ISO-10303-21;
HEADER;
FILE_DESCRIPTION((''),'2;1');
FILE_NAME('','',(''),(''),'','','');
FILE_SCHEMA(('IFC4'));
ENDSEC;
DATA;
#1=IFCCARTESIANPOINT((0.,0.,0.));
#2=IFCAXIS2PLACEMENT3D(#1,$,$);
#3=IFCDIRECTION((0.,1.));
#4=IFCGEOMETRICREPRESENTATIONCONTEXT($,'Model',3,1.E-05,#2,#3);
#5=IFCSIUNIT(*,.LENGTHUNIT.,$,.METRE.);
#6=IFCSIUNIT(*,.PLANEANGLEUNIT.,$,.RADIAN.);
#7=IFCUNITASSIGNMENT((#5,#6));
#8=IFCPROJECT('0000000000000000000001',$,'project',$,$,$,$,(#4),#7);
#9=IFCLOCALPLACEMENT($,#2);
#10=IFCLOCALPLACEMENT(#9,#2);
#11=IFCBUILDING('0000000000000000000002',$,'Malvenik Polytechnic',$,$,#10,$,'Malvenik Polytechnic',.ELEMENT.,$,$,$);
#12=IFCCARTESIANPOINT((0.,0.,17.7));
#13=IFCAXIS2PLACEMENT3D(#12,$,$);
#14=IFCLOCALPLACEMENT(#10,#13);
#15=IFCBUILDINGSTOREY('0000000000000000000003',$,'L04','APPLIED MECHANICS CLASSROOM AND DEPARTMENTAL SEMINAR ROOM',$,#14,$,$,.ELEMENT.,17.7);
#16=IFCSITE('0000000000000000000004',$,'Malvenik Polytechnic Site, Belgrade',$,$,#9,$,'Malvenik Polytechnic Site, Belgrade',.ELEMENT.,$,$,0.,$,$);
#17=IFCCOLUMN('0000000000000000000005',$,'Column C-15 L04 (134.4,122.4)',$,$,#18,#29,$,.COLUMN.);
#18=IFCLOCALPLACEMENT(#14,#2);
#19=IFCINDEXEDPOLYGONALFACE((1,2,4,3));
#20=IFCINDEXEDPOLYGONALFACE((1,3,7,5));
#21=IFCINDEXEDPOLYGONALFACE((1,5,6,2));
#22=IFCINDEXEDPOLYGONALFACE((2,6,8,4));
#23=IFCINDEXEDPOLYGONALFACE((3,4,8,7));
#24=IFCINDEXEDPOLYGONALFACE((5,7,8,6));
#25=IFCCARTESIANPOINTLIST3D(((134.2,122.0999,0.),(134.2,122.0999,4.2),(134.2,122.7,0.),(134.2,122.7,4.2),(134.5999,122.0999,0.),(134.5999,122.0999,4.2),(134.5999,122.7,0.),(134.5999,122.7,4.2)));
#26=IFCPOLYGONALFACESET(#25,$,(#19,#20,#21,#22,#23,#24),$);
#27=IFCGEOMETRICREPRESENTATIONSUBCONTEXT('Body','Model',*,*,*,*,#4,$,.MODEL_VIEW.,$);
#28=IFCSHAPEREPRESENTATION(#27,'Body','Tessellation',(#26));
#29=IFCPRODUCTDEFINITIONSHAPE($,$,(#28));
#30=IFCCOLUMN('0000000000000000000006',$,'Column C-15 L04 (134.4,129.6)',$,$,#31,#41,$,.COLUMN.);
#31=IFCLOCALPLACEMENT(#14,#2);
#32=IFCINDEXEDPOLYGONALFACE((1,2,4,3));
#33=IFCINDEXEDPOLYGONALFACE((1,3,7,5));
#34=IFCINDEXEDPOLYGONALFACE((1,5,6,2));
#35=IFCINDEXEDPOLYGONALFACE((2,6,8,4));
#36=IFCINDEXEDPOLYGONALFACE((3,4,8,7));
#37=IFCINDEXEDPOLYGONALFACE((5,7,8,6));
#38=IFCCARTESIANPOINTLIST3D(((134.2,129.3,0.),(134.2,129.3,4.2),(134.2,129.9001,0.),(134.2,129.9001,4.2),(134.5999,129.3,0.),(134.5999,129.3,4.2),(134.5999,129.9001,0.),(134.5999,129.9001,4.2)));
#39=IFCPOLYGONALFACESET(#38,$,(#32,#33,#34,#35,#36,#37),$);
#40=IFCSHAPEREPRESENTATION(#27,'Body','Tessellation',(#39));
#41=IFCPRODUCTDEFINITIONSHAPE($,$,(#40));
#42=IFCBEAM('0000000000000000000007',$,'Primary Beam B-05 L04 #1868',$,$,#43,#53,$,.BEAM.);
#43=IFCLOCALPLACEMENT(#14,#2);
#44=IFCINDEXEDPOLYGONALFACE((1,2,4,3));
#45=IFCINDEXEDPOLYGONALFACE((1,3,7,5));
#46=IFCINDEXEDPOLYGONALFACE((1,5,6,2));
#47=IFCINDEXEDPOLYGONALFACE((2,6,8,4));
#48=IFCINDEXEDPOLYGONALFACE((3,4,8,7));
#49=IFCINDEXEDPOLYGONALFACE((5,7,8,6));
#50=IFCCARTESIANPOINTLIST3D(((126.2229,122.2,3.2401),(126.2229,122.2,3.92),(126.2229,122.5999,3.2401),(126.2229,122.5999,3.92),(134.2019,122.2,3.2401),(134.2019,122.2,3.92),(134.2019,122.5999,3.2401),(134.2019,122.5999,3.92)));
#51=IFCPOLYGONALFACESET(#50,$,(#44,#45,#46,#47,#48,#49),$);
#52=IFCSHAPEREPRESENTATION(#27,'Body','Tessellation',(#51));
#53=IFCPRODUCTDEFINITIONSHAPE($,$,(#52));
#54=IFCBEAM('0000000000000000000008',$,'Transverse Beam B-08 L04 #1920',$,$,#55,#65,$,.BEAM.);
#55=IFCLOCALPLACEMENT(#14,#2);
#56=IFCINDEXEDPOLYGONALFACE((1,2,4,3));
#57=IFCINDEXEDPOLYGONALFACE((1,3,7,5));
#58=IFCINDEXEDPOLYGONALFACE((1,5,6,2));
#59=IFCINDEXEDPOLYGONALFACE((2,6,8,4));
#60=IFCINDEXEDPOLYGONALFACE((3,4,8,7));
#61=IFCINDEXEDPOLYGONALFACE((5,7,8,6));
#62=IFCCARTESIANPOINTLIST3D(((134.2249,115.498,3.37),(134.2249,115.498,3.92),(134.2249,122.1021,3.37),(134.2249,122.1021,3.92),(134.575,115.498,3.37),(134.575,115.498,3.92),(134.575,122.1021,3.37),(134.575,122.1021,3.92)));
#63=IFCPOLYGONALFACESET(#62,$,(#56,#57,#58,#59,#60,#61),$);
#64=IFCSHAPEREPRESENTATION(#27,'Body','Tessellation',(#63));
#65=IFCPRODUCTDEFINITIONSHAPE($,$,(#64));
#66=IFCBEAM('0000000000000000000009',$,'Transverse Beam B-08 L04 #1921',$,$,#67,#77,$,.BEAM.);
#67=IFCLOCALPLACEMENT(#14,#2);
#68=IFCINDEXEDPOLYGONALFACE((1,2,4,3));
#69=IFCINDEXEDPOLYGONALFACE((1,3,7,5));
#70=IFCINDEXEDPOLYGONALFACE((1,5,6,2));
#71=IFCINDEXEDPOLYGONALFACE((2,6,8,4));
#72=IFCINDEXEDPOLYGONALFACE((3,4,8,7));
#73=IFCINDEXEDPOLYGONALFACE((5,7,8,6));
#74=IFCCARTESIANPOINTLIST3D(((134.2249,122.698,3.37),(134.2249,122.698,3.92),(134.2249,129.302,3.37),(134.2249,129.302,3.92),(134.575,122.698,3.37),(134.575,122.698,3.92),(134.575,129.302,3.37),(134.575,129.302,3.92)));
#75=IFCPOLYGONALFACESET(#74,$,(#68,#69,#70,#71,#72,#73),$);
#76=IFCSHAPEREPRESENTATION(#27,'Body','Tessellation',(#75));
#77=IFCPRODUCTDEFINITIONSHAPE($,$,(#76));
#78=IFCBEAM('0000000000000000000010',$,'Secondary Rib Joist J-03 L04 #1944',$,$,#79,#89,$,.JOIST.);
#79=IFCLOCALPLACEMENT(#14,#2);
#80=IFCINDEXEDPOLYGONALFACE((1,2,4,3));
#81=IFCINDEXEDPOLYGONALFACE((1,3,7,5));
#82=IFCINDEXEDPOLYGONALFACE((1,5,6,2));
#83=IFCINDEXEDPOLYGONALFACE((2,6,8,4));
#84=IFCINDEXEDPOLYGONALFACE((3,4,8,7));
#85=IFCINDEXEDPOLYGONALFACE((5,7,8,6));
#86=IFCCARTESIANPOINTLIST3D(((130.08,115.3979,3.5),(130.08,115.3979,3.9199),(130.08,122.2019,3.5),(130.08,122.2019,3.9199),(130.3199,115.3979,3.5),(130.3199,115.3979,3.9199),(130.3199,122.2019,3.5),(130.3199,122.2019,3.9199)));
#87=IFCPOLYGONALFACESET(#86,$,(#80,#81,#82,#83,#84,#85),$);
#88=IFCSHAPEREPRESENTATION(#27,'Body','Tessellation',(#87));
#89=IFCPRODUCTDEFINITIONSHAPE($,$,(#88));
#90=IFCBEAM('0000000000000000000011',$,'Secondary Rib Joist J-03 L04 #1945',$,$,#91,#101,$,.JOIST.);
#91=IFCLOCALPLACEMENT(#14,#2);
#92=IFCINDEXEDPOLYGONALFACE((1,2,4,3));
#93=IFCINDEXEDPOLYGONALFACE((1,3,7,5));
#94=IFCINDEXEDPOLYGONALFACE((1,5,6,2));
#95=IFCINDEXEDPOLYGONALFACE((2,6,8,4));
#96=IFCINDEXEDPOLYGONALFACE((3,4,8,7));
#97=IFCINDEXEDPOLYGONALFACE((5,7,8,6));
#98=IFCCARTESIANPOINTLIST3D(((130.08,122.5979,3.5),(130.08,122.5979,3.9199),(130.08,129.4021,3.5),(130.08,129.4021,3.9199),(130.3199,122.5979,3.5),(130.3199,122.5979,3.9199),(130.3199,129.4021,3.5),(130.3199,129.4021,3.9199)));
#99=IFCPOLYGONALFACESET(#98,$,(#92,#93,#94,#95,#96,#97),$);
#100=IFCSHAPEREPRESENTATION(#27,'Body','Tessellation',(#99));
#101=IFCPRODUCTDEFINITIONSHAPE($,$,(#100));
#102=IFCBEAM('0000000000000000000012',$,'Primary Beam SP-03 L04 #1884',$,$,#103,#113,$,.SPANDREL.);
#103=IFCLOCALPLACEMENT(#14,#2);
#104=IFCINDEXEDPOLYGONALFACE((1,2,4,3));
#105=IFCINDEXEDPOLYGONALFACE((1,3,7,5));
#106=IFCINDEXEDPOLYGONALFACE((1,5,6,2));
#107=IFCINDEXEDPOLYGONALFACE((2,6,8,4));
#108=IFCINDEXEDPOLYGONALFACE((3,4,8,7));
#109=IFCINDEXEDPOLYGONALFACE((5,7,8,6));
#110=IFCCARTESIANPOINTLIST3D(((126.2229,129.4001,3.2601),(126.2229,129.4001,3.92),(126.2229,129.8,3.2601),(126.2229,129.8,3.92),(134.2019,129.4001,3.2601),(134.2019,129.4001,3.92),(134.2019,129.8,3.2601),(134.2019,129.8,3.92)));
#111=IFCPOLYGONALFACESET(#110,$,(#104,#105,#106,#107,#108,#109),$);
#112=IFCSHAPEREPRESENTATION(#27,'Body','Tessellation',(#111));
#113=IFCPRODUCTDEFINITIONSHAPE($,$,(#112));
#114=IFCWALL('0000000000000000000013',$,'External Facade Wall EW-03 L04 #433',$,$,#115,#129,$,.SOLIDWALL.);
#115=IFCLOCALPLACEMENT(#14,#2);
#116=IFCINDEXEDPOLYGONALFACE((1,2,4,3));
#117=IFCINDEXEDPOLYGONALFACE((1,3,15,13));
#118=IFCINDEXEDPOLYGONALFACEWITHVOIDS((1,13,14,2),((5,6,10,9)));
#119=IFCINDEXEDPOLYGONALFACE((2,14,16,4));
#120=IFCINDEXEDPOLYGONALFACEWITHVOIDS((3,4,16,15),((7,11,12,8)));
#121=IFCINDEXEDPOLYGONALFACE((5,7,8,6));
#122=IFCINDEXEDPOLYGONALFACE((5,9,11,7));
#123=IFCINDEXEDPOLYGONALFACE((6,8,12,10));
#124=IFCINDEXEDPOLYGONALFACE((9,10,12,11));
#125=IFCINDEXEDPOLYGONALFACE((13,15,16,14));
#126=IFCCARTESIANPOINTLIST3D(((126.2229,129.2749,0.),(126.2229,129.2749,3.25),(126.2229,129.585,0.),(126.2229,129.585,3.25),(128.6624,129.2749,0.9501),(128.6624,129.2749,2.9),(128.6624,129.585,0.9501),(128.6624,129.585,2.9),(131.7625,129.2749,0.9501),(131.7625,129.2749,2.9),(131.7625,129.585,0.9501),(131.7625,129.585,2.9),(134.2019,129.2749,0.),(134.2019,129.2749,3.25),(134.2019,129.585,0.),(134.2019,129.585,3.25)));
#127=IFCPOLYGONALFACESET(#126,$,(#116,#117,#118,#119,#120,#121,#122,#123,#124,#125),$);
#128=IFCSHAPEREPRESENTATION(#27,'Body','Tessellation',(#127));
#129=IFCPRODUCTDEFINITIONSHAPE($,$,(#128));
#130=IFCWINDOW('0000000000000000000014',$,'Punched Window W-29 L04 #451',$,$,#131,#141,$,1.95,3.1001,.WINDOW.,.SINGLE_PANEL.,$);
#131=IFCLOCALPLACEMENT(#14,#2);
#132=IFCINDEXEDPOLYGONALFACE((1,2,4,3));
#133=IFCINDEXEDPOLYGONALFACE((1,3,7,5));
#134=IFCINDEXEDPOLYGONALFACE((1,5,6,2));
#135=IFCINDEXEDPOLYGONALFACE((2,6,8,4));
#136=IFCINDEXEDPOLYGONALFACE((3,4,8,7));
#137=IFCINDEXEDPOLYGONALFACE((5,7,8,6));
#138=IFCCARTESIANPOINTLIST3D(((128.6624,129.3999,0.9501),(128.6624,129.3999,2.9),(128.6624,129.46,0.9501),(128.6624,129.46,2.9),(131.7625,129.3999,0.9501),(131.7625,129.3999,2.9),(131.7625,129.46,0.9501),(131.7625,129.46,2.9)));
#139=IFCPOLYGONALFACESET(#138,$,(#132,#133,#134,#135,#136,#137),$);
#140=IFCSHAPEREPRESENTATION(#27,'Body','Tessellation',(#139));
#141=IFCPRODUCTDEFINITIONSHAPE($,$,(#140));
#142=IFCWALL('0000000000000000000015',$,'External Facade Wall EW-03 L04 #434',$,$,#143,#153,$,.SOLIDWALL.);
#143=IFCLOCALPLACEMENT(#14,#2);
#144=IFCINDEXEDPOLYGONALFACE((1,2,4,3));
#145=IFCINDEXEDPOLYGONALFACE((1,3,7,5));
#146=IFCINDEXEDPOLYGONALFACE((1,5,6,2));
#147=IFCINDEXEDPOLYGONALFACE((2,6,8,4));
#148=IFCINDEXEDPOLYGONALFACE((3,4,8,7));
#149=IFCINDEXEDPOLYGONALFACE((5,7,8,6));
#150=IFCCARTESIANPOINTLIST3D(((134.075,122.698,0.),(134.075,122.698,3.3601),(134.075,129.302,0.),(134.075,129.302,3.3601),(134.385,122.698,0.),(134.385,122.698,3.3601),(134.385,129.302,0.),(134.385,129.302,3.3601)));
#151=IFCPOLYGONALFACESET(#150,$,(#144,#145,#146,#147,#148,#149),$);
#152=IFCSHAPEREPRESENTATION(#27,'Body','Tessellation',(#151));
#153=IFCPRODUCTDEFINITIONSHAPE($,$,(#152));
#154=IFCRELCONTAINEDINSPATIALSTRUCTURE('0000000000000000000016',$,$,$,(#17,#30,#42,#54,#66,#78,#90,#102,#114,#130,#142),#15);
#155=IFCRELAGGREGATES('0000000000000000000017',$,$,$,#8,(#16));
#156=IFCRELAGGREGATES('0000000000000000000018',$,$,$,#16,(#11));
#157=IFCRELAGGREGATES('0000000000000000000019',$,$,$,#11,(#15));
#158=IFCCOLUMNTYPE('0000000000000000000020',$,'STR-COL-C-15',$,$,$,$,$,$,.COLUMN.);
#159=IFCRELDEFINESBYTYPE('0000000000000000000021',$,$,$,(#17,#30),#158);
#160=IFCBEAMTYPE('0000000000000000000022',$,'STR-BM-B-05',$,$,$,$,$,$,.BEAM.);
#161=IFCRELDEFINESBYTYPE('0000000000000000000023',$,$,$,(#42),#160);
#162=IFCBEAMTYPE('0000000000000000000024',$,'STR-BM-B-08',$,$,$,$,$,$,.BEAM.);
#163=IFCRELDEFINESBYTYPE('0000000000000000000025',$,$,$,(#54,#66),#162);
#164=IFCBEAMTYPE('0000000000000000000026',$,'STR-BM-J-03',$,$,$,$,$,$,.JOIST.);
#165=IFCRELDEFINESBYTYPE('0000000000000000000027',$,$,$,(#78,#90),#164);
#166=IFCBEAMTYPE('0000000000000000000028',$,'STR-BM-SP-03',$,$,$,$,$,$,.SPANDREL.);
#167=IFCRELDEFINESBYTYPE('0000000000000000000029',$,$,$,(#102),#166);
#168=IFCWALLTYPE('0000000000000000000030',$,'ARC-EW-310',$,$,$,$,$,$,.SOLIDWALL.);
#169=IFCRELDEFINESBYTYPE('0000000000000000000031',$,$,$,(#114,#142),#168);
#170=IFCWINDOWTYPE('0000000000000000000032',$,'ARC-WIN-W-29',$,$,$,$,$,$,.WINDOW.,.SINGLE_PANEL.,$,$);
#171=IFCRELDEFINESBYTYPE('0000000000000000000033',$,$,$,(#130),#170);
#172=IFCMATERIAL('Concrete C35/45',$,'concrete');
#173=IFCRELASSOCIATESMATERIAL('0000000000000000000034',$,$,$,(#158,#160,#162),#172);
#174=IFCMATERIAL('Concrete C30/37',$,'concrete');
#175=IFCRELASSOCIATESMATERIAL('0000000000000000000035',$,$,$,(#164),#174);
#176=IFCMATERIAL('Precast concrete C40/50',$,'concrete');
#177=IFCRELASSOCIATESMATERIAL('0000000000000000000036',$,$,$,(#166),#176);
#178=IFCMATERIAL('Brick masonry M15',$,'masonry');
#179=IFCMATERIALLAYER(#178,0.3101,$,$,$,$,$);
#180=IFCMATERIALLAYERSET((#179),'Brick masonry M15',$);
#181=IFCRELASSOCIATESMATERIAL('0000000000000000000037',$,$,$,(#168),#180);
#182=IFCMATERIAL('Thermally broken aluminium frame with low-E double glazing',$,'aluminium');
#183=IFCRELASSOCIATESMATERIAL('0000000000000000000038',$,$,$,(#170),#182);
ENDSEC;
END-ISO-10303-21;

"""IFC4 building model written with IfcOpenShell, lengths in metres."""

from ifc_helpers import new_model, si_unit, direction, frame, frame_2d, origin, origin_2d, place, context, subcontext, project, spatial, rectangle, extrude, material, layer, layer_set, material_profile, profile_set, type_object, element, fill, save


model = new_model("IFC4")

# Units and contexts
model_context = context("Model", 3, precision=1e-05, world=origin(), true_north=direction((0.0, 1.0)))
body_context = subcontext(model_context, "Body", "Model", "MODEL_VIEW")
ifc_project = project(units=[si_unit("LENGTHUNIT", "METRE"), si_unit("PLANEANGLEUNIT", "RADIAN")], contexts=[model_context])

# Site, building, storey
site_placement = place(None, origin())
site = spatial("IfcSite", under=ifc_project, at=site_placement, Name="Malvenik Polytechnic Site, Belgrade", LongName="Malvenik Polytechnic Site, Belgrade", CompositionType="ELEMENT", RefElevation=0.0)
building_placement = place(site_placement, origin())
building = spatial("IfcBuilding", under=site, at=building_placement, Name="Malvenik Polytechnic", LongName="Malvenik Polytechnic", CompositionType="ELEMENT")
storey_placement = place(building_placement, frame((0.0, 0.0, 17.7)))
storey = spatial("IfcBuildingStorey", under=building, at=storey_placement, Name="L04", Description="APPLIED MECHANICS CLASSROOM AND DEPARTMENTAL SEMINAR ROOM", CompositionType="ELEMENT", Elevation=17.7)

# Columns
ifc_material_1 = material(Name="Concrete C35/45", Category="concrete")
ifc_material_profile_1 = material_profile(ifc_material_1, rectangle(XDim=0.3999, YDim=0.6001, at=origin_2d()), Name="RC COL 600x400")
ifc_profile_set_1 = profile_set([ifc_material_profile_1], Name="Concrete C35/45")
column_type = type_object("IfcColumnType", Name="STR-COL-C-15", PredefinedType="COLUMN", material=ifc_profile_set_1)
for number, where, z_axis, x_axis, name in (
    (1, (134.3999, 122.3999, 0.0), (0.0, 0.0, 1.0), (1.0, 0.0, 0.0), "Column C-15 L04 (134.4,122.4)"),
    (2, (134.3999, 129.6001, 0.0), (0.0, 0.0, 1.0), (1.0, 0.0, 0.0), "Column C-15 L04 (134.4,129.6)"),
):
    element("IfcColumn", number, at=place(storey_placement, frame(where, z_axis=z_axis, x_axis=x_axis)), inside=storey, type_object=column_type, Name=name, PredefinedType="COLUMN", context=body_context, shape_type="SweptSolid", body=[
        extrude(rectangle(XDim=0.3999, YDim=0.6001, at=origin_2d()), origin(), (0.0, 0.0, 1.0), 4.2),
    ])

# Beams
ifc_material_profile_2 = material_profile(ifc_material_1, rectangle(XDim=0.3999, YDim=0.6799, at=origin_2d()), Name="RC BM 400x680")
ifc_profile_set_2 = profile_set([ifc_material_profile_2], Name="Concrete C35/45")
beam_type_1 = type_object("IfcBeamType", Name="STR-BM-B-05", PredefinedType="BEAM", material=ifc_profile_set_2)
beam_1_placement = place(storey_placement, frame((126.2229, 122.3999, 3.5801), z_axis=(1.0, 0.0, 0.0), x_axis=(0.0, 1.0, 0.0)))
element("IfcBeam", 3, at=beam_1_placement, inside=storey, type_object=beam_type_1, Name="Primary Beam B-05 L04 #1868", PredefinedType="BEAM", context=body_context, shape_type="SweptSolid", body=[
    extrude(rectangle(XDim=0.3999, YDim=0.6799, at=origin_2d()), origin(), (0.0, 0.0, 1.0), 7.979),
])
ifc_material_profile_3 = material_profile(ifc_material_1, rectangle(XDim=0.3501, YDim=0.55, at=origin_2d()), Name="RC BM 350x550")
ifc_profile_set_3 = profile_set([ifc_material_profile_3], Name="Concrete C35/45")
beam_type_2 = type_object("IfcBeamType", Name="STR-BM-B-08", PredefinedType="BEAM", material=ifc_profile_set_3)
for number, where, z_axis, x_axis, name in (
    (4, (134.3999, 115.498, 3.645), (0.0, 1.0, 0.0), (-1.0, 0.0, 0.0), "Transverse Beam B-08 L04 #1920"),
    (5, (134.3999, 122.698, 3.645), (0.0, 1.0, 0.0), (-1.0, 0.0, 0.0), "Transverse Beam B-08 L04 #1921"),
):
    element("IfcBeam", number, at=place(storey_placement, frame(where, z_axis=z_axis, x_axis=x_axis)), inside=storey, type_object=beam_type_2, Name=name, PredefinedType="BEAM", context=body_context, shape_type="SweptSolid", body=[
        extrude(rectangle(XDim=0.3501, YDim=0.55, at=origin_2d()), origin(), (0.0, 0.0, 1.0), 6.604),
    ])
ifc_material_2 = material(Name="Concrete C30/37", Category="concrete")
ifc_material_profile_4 = material_profile(ifc_material_2, rectangle(XDim=0.24, YDim=0.4199, at=origin_2d()), Name="RC JST 240x420")
ifc_profile_set_4 = profile_set([ifc_material_profile_4], Name="Concrete C30/37")
beam_type_3 = type_object("IfcBeamType", Name="STR-BM-J-03", PredefinedType="JOIST", material=ifc_profile_set_4)
beam_2_placement = place(storey_placement, frame((130.2, 115.3979, 3.71), z_axis=(0.0, 1.0, 0.0), x_axis=(-1.0, 0.0, 0.0)))
element("IfcBeam", 6, at=beam_2_placement, inside=storey, type_object=beam_type_3, Name="Secondary Rib Joist J-03 L04 #1944", PredefinedType="JOIST", context=body_context, shape_type="SweptSolid", body=[
    extrude(rectangle(XDim=0.24, YDim=0.4199, at=origin_2d()), origin(), (0.0, 0.0, 1.0), 6.804),
])
beam_3_placement = place(storey_placement, frame((130.2, 122.5979, 3.71), z_axis=(0.0, 1.0, 0.0), x_axis=(-1.0, 0.0, 0.0)))
element("IfcBeam", 7, at=beam_3_placement, inside=storey, type_object=beam_type_3, Name="Secondary Rib Joist J-03 L04 #1945", PredefinedType="JOIST", context=body_context, shape_type="SweptSolid", body=[
    extrude(rectangle(XDim=0.24, YDim=0.4199, at=origin_2d()), origin(), (0.0, 0.0, 1.0), 6.8042),
])
ifc_material_3 = material(Name="Precast concrete C40/50", Category="concrete")
ifc_material_profile_5 = material_profile(ifc_material_3, rectangle(XDim=0.3999, YDim=0.6599, at=origin_2d()), Name="PC SPN 400x660")
ifc_profile_set_5 = profile_set([ifc_material_profile_5], Name="Precast concrete C40/50")
beam_type_4 = type_object("IfcBeamType", Name="STR-BM-SP-03", PredefinedType="SPANDREL", material=ifc_profile_set_5)
beam_4_placement = place(storey_placement, frame((126.2229, 129.6001, 3.5901), z_axis=(1.0, 0.0, 0.0), x_axis=(0.0, 1.0, 0.0)))
element("IfcBeam", 8, at=beam_4_placement, inside=storey, type_object=beam_type_4, Name="Primary Beam SP-03 L04 #1884", PredefinedType="SPANDREL", context=body_context, shape_type="SweptSolid", body=[
    extrude(rectangle(XDim=0.3999, YDim=0.6599, at=origin_2d()), origin(), (0.0, 0.0, 1.0), 7.979),
])

# Wall, opening, window
ifc_material_4 = material(Name="Brick masonry M15", Category="masonry")
ifc_layer_1 = layer(ifc_material_4, 0.3101)
ifc_layer_set_1 = layer_set([ifc_layer_1], Name="Brick masonry M15")
wall_type_1 = type_object("IfcWallType", Name="ARC-EW-310", PredefinedType="SOLIDWALL", material=ifc_layer_set_1)
wall_1_placement = place(storey_placement, frame((126.2229, 129.4299, 0.0), z_axis=(0.0, 0.0, 1.0), x_axis=(1.0, 0.0, 0.0)))
wall_1 = element("IfcWall", 9, at=wall_1_placement, inside=storey, type_object=wall_type_1, Name="External Facade Wall EW-03 L04 #433", PredefinedType="SOLIDWALL", context=body_context, shape_type="SweptSolid", body=[
    extrude(rectangle(XDim=7.979, YDim=0.3101, at=frame_2d((3.9895, 0.0))), origin(), (0.0, 0.0, 1.0), 3.25),
])
opening_1_placement = place(wall_1_placement, frame((2.4395, 0.0, 0.95)))
opening_1 = element("IfcOpeningElement", 10, at=opening_1_placement, cuts=wall_1, PredefinedType="OPENING", context=body_context, shape_type="SweptSolid", body=[
    extrude(rectangle(XDim=3.1001, YDim=1.95, at=frame_2d((1.55, 0.9751))), frame((0.0, 0.165, 0.0), z_axis=(0.0, -1.0, 0.0), x_axis=(1.0, 0.0, 0.0)), (0.0, 0.0, 1.0), 0.3301),
])
ifc_material_5 = material(Name="Thermally broken aluminium frame with low-E double glazing", Category="aluminium")
window_type_1 = type_object("IfcWindowType", Name="ARC-WIN-W-29", PartitioningType="SINGLE_PANEL", PredefinedType="WINDOW", material=ifc_material_5)
window_1_placement = place(opening_1_placement, origin())
window_1 = element("IfcWindow", 11, at=window_1_placement, inside=storey, type_object=window_type_1, Name="Punched Window W-29 L04 #451", OverallHeight=1.95, OverallWidth=3.1001, PartitioningType="SINGLE_PANEL", PredefinedType="WINDOW", context=body_context, shape_type="SweptSolid", body=[
    extrude(rectangle(XDim=3.1001, YDim=1.95, at=frame_2d((1.55, 0.9751))), frame((0.0, 0.03, 0.0), z_axis=(0.0, -1.0, 0.0), x_axis=(1.0, 0.0, 0.0)), (0.0, 0.0, 1.0), 0.0601),
])
fill(opening_1, window_1)

# Wall
wall_2_placement = place(storey_placement, frame((134.23, 129.302, 0.0), z_axis=(0.0, 0.0, 1.0), x_axis=(0.0, -1.0, 0.0)))
element("IfcWall", 12, at=wall_2_placement, inside=storey, type_object=wall_type_1, Name="External Facade Wall EW-03 L04 #434", PredefinedType="SOLIDWALL", context=body_context, shape_type="SweptSolid", body=[
    extrude(rectangle(XDim=6.604, YDim=0.3101, at=frame_2d((3.302, 0.0))), origin(), (0.0, 0.0, 1.0), 3.3601),
])

save(model, "model.ifc")
